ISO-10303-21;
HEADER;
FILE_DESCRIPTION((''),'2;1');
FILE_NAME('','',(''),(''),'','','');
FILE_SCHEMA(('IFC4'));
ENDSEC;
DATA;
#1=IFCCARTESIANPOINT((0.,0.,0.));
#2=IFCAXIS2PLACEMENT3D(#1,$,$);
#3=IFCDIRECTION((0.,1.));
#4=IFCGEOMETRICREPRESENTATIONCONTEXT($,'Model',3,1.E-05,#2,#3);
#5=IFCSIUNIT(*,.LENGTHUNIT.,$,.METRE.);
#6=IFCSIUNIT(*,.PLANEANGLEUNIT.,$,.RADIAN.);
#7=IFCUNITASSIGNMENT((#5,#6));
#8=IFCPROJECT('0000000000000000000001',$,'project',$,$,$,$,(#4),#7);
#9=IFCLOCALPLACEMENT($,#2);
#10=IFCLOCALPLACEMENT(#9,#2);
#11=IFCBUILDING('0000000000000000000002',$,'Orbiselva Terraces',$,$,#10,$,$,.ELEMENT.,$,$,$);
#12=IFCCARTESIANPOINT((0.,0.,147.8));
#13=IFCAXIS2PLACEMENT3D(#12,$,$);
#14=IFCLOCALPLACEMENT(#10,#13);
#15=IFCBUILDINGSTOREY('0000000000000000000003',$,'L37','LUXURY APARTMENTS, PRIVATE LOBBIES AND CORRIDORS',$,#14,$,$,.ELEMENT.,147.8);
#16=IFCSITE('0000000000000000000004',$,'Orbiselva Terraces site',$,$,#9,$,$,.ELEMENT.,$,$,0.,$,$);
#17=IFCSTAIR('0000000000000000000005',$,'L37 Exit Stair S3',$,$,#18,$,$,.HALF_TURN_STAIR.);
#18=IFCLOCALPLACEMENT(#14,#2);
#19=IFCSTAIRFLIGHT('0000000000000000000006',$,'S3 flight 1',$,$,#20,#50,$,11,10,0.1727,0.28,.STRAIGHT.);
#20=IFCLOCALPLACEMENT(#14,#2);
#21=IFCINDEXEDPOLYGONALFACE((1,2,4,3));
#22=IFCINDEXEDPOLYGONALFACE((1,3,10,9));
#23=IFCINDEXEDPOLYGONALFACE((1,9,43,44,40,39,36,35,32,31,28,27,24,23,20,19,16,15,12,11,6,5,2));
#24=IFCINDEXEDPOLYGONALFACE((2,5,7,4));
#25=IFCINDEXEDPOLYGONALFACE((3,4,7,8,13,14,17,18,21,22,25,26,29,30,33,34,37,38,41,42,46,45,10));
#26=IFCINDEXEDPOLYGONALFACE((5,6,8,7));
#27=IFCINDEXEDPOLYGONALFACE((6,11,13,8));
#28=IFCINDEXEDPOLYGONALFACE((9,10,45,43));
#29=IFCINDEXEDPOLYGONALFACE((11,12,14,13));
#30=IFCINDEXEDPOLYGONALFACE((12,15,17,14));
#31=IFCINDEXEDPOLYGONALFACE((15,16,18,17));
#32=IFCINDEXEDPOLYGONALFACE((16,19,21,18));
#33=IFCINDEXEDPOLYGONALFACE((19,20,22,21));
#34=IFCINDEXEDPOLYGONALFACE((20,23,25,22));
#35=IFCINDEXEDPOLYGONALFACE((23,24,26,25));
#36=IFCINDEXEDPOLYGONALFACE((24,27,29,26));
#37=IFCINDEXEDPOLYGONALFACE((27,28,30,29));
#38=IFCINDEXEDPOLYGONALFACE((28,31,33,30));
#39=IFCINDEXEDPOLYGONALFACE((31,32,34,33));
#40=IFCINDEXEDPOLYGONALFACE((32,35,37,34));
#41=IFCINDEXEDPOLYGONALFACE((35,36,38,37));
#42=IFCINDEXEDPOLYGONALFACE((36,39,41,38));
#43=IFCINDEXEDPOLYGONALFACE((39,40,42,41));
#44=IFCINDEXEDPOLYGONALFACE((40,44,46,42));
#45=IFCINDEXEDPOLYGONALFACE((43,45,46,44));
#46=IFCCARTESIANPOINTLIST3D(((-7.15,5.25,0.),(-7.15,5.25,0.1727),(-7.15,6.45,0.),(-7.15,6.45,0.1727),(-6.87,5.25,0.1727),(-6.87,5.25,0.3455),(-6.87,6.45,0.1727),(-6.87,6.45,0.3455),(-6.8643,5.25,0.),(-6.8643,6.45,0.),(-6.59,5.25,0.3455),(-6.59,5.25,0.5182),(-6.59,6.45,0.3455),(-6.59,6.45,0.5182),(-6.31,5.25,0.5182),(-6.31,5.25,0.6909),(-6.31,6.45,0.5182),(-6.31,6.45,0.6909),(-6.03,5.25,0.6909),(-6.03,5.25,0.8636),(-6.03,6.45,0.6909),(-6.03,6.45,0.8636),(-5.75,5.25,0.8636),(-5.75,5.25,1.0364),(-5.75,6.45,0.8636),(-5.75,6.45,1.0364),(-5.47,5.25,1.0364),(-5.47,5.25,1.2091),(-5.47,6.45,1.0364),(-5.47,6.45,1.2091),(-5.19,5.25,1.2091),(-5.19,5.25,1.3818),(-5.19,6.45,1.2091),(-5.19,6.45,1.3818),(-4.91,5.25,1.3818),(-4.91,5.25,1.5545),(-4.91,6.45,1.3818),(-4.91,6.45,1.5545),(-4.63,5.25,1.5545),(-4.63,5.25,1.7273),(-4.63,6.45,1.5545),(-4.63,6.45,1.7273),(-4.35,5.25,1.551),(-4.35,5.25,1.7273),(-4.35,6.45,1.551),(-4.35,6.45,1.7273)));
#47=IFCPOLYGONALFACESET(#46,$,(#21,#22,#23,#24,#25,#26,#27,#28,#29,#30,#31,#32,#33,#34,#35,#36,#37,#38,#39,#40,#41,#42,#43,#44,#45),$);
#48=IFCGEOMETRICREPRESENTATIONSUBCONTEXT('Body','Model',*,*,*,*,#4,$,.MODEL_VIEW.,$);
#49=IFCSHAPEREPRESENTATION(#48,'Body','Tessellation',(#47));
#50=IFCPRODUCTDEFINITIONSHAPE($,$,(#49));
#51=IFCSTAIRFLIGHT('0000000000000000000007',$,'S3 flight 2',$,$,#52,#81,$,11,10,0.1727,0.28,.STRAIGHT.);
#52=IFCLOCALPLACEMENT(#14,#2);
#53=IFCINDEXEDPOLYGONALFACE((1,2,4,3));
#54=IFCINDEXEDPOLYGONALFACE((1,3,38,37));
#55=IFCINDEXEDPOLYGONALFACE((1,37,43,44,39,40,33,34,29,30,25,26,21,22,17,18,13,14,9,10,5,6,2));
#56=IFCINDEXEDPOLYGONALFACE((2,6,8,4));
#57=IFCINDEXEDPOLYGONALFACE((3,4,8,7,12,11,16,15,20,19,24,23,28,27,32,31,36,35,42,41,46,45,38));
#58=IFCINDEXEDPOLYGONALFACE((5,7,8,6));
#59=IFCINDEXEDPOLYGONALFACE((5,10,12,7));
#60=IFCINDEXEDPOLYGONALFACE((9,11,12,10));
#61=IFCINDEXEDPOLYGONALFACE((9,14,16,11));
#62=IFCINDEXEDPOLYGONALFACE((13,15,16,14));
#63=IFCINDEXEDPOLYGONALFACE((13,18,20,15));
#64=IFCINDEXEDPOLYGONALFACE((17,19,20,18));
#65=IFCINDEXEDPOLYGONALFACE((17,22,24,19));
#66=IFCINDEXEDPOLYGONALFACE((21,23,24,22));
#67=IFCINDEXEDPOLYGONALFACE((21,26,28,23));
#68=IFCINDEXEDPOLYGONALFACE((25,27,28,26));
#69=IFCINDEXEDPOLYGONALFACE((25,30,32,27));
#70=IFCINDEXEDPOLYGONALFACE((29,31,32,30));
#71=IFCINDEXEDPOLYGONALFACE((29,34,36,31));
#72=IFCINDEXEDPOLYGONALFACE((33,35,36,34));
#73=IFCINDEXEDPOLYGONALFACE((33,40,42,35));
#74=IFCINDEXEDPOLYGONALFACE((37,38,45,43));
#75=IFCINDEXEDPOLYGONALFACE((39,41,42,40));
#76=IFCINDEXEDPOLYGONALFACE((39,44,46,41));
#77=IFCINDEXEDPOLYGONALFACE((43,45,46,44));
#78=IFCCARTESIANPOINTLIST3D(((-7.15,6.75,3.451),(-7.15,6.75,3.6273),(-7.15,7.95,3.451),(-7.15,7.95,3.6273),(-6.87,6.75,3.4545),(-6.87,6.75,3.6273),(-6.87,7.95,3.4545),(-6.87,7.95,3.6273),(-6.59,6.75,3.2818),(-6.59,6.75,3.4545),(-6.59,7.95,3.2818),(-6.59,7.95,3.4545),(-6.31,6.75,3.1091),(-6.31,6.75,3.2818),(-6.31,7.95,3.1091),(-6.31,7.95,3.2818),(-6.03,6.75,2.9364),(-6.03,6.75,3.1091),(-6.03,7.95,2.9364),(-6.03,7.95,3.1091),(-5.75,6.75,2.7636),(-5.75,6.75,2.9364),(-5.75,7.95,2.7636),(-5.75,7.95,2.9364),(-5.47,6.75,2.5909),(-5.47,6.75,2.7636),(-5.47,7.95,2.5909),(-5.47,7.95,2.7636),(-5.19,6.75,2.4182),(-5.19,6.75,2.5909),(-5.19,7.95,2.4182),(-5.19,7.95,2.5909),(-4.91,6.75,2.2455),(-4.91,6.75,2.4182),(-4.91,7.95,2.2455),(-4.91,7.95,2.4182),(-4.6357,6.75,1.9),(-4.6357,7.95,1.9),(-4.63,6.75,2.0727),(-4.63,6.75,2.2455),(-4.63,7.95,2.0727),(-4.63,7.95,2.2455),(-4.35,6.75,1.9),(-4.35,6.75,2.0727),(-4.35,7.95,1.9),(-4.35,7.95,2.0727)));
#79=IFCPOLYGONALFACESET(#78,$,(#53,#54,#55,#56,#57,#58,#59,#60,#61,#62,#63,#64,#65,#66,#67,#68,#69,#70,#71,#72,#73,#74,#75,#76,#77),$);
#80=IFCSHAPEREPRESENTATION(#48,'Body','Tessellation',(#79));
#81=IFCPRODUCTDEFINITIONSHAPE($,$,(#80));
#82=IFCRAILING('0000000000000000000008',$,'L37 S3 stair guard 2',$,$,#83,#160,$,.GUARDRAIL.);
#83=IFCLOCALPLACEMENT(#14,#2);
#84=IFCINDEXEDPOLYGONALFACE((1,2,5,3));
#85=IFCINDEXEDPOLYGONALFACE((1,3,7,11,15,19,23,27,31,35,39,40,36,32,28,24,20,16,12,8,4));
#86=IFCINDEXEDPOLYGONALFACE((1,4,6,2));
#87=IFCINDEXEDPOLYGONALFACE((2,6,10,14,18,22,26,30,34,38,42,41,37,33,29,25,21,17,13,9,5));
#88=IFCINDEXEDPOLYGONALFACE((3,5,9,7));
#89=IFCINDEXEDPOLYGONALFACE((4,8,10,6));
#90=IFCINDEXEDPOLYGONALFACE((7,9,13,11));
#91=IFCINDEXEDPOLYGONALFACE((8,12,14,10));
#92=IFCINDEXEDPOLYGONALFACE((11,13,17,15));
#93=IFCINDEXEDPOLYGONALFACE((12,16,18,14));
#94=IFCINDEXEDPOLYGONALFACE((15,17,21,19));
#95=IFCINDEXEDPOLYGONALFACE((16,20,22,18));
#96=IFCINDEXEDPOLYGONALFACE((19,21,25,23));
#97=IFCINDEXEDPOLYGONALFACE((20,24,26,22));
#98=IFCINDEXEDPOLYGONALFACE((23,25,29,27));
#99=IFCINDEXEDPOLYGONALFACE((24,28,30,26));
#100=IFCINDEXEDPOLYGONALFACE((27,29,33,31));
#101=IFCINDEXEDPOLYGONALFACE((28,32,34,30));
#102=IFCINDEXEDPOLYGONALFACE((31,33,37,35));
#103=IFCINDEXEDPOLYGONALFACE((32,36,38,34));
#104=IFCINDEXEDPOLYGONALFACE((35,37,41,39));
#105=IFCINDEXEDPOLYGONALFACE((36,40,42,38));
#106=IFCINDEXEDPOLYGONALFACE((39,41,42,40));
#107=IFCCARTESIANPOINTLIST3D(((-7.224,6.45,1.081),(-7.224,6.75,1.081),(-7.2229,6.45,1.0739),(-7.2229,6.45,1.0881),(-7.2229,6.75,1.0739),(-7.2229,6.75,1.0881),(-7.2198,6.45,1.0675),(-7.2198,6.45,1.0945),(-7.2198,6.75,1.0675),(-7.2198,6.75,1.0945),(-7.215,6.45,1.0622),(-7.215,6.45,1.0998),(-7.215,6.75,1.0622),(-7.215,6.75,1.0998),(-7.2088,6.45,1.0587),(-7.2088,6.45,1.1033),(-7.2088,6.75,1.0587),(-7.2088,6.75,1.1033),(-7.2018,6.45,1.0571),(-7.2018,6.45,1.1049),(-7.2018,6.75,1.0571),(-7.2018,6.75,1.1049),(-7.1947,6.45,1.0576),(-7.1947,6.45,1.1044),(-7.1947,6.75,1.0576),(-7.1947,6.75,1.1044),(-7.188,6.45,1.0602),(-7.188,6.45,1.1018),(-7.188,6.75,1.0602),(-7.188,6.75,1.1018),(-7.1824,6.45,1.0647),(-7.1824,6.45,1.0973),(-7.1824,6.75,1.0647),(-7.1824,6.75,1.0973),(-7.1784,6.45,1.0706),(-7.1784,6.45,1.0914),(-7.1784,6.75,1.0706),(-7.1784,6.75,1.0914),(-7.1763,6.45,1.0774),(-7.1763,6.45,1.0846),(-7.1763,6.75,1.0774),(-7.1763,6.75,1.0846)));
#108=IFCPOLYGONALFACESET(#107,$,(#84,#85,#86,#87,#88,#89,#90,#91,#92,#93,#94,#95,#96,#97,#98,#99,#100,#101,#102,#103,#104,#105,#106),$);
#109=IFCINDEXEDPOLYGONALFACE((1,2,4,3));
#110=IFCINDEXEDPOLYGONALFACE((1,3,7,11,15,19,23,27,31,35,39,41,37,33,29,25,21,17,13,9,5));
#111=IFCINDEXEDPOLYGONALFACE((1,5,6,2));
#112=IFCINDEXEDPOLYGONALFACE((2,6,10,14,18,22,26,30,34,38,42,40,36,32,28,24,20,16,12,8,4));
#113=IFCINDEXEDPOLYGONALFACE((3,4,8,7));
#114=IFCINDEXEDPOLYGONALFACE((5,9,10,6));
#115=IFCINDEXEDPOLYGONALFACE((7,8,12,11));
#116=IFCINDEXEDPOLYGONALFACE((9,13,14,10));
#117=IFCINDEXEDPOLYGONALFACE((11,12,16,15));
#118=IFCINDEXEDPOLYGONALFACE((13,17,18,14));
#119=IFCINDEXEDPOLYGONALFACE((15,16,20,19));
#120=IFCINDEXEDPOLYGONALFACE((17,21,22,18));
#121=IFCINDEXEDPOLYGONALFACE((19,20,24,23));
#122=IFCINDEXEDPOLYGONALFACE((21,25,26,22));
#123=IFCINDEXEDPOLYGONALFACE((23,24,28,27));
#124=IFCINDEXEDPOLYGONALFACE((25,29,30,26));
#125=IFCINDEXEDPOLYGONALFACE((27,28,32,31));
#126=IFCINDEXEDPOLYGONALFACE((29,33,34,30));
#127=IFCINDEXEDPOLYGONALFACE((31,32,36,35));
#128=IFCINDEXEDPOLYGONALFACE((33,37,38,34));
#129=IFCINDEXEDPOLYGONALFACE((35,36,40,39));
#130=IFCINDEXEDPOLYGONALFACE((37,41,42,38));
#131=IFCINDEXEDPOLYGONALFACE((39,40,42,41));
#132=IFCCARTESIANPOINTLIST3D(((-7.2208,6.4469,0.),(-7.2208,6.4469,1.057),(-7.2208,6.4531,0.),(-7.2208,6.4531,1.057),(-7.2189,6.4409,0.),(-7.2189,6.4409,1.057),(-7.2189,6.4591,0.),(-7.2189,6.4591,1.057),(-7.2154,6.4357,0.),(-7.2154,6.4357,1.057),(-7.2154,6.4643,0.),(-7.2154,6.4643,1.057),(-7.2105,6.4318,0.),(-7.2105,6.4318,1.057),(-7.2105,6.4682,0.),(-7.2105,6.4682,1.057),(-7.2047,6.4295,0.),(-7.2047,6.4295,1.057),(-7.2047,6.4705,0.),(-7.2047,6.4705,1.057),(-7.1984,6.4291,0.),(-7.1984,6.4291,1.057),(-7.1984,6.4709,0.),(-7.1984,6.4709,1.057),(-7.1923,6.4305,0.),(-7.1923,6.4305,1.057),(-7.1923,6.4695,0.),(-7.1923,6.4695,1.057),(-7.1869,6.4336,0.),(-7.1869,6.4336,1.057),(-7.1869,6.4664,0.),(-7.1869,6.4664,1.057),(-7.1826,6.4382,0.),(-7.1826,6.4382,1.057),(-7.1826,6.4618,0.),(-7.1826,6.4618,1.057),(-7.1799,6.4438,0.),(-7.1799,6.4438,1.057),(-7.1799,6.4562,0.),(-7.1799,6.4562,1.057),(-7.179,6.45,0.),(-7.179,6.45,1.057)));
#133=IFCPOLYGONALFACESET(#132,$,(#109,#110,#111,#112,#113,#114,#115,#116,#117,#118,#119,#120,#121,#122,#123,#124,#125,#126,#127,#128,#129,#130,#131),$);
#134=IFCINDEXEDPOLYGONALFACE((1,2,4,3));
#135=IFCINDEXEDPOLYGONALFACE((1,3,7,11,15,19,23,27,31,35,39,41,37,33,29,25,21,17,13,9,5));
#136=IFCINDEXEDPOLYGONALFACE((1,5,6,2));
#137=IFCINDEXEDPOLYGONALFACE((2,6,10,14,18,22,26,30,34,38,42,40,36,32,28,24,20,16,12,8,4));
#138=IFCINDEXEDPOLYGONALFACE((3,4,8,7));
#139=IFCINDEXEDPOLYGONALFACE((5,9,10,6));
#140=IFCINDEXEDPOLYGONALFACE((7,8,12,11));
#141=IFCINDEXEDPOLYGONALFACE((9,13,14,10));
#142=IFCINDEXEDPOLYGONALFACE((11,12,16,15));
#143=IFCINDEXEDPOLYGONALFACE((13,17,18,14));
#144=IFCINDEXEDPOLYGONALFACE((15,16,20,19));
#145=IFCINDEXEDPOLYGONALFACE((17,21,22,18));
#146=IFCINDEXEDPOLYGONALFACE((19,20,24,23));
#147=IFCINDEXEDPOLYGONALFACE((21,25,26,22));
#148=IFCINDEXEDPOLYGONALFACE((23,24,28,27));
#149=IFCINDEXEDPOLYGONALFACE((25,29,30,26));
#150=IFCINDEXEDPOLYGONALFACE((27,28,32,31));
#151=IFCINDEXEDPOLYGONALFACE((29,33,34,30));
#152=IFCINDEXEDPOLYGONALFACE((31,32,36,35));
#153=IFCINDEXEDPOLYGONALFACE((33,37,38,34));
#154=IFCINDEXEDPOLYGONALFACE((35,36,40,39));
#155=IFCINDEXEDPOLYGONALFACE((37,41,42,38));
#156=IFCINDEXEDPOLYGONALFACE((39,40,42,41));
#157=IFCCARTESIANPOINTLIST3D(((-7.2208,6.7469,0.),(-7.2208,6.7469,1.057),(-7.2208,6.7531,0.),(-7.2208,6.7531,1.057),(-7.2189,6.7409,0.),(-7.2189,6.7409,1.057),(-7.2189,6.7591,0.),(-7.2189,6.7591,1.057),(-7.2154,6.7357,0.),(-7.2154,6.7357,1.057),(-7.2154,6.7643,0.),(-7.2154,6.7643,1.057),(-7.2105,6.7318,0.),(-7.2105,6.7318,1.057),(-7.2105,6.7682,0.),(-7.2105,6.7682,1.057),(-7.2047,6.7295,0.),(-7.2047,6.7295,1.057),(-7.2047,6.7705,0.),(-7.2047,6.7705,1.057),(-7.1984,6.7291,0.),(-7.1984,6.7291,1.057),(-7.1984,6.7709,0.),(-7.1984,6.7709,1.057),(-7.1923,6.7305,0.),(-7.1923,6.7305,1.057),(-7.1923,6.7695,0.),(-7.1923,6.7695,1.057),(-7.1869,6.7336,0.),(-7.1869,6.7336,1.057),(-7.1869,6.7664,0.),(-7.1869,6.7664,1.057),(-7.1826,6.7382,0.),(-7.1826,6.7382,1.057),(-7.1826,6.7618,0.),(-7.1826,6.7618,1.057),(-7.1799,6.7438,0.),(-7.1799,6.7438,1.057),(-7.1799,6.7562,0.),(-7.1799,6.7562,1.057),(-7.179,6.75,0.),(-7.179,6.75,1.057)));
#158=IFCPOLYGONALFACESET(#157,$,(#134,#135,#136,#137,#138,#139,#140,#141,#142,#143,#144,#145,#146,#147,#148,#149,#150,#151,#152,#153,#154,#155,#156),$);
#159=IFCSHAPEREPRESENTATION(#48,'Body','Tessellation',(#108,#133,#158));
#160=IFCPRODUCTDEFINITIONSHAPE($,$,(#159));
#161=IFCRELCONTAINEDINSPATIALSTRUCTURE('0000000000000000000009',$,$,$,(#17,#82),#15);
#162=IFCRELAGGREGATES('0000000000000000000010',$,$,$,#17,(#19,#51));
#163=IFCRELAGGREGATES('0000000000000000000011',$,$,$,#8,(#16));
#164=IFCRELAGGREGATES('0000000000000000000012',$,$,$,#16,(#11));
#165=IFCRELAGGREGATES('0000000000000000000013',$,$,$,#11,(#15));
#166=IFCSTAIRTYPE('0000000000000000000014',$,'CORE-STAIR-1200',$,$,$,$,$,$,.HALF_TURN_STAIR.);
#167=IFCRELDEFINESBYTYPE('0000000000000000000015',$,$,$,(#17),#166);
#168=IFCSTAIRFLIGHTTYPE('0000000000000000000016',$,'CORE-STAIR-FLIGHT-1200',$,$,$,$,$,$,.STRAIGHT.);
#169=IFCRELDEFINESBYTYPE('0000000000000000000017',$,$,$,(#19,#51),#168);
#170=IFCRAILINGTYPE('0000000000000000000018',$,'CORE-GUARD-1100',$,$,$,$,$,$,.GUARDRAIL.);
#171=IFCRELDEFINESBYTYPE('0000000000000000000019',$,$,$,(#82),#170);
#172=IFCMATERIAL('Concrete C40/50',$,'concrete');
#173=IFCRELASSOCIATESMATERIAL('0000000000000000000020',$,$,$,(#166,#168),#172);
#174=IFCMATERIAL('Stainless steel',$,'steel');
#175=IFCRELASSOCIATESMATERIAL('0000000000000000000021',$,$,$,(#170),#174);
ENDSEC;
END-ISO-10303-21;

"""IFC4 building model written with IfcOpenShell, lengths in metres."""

from ifc_helpers import new_model, si_unit, direction, frame, origin, origin_2d, place, context, subcontext, project, spatial, polyline, circle, outline, extrude, material, type_object, element, aggregate, save


model = new_model("IFC4")

# Units and contexts
model_context = context("Model", 3, precision=1e-05, world=origin(), true_north=direction((0.0, 1.0)))
body_context = subcontext(model_context, "Body", "Model", "MODEL_VIEW")
ifc_project = project(units=[si_unit("LENGTHUNIT", "METRE"), si_unit("PLANEANGLEUNIT", "RADIAN")], contexts=[model_context])

# Site, building, storey
site_placement = place(None, origin())
site = spatial("IfcSite", under=ifc_project, at=site_placement, Name="Orbiselva Terraces site", CompositionType="ELEMENT", RefElevation=0.0)
building_placement = place(site_placement, origin())
building = spatial("IfcBuilding", under=site, at=building_placement, Name="Orbiselva Terraces", CompositionType="ELEMENT")
storey_placement = place(building_placement, frame((0.0, 0.0, 147.8)))
storey = spatial("IfcBuildingStorey", under=building, at=storey_placement, Name="L37", Description="LUXURY APARTMENTS, PRIVATE LOBBIES AND CORRIDORS", CompositionType="ELEMENT", Elevation=147.8)

# Stair, stair flights
ifc_material_1 = material(Name="Concrete C40/50", Category="concrete")
stair_type = type_object("IfcStairType", Name="CORE-STAIR-1200", PredefinedType="HALF_TURN_STAIR", material=ifc_material_1)
stair_placement = place(storey_placement, origin())
stair = element("IfcStair", 1, at=stair_placement, inside=storey, type_object=stair_type, Name="L37 Exit Stair S3", PredefinedType="HALF_TURN_STAIR")
stair_flight_type = type_object("IfcStairFlightType", Name="CORE-STAIR-FLIGHT-1200", PredefinedType="STRAIGHT", material=ifc_material_1)
stair_flight_1_placement = place(storey_placement, frame((-7.15, 5.85, 0.0), z_axis=(0.0, 0.0, 1.0), x_axis=(1.0, 0.0, 0.0)))
stair_flight_1 = element("IfcStairFlight", 2, at=stair_flight_1_placement, type_object=stair_flight_type, Name="S3 flight 1", NumberOfRisers=11, NumberOfTreads=10, PredefinedType="STRAIGHT", RiserHeight=0.1727, TreadLength=0.28, context=body_context, shape_type="SweptSolid", body=[
    extrude(outline(polyline([(0.0, 0.0), (0.0, 0.1727), (0.28, 0.1727), (0.28, 0.3455), (0.56, 0.3455), (0.56, 0.5182), (0.84, 0.5182), (0.84, 0.6909), (1.12, 0.6909), (1.12, 0.8636), (1.4, 0.8636), (1.4, 1.0364), (1.68, 1.0364), (1.68, 1.2091), (1.96, 1.2091), (1.96, 1.3818), (2.24, 1.3818), (2.24, 1.5545), (2.52, 1.5545), (2.52, 1.7273), (2.8, 1.7273), (2.8, 1.9), (2.8, 1.551), (0.2857, 0.0), (0.0, 0.0)])), frame((0.0, 0.6, 0.0), z_axis=(0.0, -1.0, 0.0), x_axis=(1.0, 0.0, 0.0)), (0.0, 0.0, 1.0), 1.2),
])
stair_flight_2_placement = place(storey_placement, frame((-4.35, 7.35, 1.9), z_axis=(0.0, 0.0, 1.0), x_axis=(-1.0, 0.0, 0.0)))
stair_flight_2 = element("IfcStairFlight", 3, at=stair_flight_2_placement, type_object=stair_flight_type, Name="S3 flight 2", NumberOfRisers=11, NumberOfTreads=10, PredefinedType="STRAIGHT", RiserHeight=0.1727, TreadLength=0.28, context=body_context, shape_type="SweptSolid", body=[
    extrude(outline(polyline([(0.0, 0.0), (0.0, 0.1727), (0.28, 0.1727), (0.28, 0.3455), (0.56, 0.3455), (0.56, 0.5182), (0.84, 0.5182), (0.84, 0.6909), (1.12, 0.6909), (1.12, 0.8636), (1.4, 0.8636), (1.4, 1.0364), (1.68, 1.0364), (1.68, 1.2091), (1.96, 1.2091), (1.96, 1.3818), (2.24, 1.3818), (2.24, 1.5545), (2.52, 1.5545), (2.52, 1.7273), (2.8, 1.7273), (2.8, 1.9), (2.8, 1.551), (0.2857, 0.0), (0.0, 0.0)])), frame((0.0, 0.6, 0.0), z_axis=(0.0, -1.0, 0.0), x_axis=(1.0, 0.0, 0.0)), (0.0, 0.0, 1.0), 1.2),
])
aggregate(stair, [stair_flight_1, stair_flight_2])

# Railing
ifc_material_2 = material(Name="Stainless steel", Category="steel")
railing_type_1 = type_object("IfcRailingType", Name="CORE-GUARD-1100", PredefinedType="GUARDRAIL", material=ifc_material_2)
railing_1_placement = place(storey_placement, frame((-7.2, 6.45, 0.0)))
element("IfcRailing", 4, at=railing_1_placement, inside=storey, type_object=railing_type_1, Name="L37 S3 stair guard 2", PredefinedType="GUARDRAIL", context=body_context, shape_type="SweptSolid", body=[
    extrude(circle(Radius=0.024, at=origin_2d()), frame((0.0, 0.0, 1.081), z_axis=(0.0, 1.0, 0.0), x_axis=(-1.0, 0.0, 0.0)), (0.0, 0.0, 1.0), 0.3),
    extrude(circle(Radius=0.021, at=origin_2d()), origin(), (0.0, 0.0, 1.0), 1.057),
    extrude(circle(Radius=0.021, at=origin_2d()), frame((0.0, 0.3, 0.0)), (0.0, 0.0, 1.0), 1.057),
])

save(model, "model.ifc")
